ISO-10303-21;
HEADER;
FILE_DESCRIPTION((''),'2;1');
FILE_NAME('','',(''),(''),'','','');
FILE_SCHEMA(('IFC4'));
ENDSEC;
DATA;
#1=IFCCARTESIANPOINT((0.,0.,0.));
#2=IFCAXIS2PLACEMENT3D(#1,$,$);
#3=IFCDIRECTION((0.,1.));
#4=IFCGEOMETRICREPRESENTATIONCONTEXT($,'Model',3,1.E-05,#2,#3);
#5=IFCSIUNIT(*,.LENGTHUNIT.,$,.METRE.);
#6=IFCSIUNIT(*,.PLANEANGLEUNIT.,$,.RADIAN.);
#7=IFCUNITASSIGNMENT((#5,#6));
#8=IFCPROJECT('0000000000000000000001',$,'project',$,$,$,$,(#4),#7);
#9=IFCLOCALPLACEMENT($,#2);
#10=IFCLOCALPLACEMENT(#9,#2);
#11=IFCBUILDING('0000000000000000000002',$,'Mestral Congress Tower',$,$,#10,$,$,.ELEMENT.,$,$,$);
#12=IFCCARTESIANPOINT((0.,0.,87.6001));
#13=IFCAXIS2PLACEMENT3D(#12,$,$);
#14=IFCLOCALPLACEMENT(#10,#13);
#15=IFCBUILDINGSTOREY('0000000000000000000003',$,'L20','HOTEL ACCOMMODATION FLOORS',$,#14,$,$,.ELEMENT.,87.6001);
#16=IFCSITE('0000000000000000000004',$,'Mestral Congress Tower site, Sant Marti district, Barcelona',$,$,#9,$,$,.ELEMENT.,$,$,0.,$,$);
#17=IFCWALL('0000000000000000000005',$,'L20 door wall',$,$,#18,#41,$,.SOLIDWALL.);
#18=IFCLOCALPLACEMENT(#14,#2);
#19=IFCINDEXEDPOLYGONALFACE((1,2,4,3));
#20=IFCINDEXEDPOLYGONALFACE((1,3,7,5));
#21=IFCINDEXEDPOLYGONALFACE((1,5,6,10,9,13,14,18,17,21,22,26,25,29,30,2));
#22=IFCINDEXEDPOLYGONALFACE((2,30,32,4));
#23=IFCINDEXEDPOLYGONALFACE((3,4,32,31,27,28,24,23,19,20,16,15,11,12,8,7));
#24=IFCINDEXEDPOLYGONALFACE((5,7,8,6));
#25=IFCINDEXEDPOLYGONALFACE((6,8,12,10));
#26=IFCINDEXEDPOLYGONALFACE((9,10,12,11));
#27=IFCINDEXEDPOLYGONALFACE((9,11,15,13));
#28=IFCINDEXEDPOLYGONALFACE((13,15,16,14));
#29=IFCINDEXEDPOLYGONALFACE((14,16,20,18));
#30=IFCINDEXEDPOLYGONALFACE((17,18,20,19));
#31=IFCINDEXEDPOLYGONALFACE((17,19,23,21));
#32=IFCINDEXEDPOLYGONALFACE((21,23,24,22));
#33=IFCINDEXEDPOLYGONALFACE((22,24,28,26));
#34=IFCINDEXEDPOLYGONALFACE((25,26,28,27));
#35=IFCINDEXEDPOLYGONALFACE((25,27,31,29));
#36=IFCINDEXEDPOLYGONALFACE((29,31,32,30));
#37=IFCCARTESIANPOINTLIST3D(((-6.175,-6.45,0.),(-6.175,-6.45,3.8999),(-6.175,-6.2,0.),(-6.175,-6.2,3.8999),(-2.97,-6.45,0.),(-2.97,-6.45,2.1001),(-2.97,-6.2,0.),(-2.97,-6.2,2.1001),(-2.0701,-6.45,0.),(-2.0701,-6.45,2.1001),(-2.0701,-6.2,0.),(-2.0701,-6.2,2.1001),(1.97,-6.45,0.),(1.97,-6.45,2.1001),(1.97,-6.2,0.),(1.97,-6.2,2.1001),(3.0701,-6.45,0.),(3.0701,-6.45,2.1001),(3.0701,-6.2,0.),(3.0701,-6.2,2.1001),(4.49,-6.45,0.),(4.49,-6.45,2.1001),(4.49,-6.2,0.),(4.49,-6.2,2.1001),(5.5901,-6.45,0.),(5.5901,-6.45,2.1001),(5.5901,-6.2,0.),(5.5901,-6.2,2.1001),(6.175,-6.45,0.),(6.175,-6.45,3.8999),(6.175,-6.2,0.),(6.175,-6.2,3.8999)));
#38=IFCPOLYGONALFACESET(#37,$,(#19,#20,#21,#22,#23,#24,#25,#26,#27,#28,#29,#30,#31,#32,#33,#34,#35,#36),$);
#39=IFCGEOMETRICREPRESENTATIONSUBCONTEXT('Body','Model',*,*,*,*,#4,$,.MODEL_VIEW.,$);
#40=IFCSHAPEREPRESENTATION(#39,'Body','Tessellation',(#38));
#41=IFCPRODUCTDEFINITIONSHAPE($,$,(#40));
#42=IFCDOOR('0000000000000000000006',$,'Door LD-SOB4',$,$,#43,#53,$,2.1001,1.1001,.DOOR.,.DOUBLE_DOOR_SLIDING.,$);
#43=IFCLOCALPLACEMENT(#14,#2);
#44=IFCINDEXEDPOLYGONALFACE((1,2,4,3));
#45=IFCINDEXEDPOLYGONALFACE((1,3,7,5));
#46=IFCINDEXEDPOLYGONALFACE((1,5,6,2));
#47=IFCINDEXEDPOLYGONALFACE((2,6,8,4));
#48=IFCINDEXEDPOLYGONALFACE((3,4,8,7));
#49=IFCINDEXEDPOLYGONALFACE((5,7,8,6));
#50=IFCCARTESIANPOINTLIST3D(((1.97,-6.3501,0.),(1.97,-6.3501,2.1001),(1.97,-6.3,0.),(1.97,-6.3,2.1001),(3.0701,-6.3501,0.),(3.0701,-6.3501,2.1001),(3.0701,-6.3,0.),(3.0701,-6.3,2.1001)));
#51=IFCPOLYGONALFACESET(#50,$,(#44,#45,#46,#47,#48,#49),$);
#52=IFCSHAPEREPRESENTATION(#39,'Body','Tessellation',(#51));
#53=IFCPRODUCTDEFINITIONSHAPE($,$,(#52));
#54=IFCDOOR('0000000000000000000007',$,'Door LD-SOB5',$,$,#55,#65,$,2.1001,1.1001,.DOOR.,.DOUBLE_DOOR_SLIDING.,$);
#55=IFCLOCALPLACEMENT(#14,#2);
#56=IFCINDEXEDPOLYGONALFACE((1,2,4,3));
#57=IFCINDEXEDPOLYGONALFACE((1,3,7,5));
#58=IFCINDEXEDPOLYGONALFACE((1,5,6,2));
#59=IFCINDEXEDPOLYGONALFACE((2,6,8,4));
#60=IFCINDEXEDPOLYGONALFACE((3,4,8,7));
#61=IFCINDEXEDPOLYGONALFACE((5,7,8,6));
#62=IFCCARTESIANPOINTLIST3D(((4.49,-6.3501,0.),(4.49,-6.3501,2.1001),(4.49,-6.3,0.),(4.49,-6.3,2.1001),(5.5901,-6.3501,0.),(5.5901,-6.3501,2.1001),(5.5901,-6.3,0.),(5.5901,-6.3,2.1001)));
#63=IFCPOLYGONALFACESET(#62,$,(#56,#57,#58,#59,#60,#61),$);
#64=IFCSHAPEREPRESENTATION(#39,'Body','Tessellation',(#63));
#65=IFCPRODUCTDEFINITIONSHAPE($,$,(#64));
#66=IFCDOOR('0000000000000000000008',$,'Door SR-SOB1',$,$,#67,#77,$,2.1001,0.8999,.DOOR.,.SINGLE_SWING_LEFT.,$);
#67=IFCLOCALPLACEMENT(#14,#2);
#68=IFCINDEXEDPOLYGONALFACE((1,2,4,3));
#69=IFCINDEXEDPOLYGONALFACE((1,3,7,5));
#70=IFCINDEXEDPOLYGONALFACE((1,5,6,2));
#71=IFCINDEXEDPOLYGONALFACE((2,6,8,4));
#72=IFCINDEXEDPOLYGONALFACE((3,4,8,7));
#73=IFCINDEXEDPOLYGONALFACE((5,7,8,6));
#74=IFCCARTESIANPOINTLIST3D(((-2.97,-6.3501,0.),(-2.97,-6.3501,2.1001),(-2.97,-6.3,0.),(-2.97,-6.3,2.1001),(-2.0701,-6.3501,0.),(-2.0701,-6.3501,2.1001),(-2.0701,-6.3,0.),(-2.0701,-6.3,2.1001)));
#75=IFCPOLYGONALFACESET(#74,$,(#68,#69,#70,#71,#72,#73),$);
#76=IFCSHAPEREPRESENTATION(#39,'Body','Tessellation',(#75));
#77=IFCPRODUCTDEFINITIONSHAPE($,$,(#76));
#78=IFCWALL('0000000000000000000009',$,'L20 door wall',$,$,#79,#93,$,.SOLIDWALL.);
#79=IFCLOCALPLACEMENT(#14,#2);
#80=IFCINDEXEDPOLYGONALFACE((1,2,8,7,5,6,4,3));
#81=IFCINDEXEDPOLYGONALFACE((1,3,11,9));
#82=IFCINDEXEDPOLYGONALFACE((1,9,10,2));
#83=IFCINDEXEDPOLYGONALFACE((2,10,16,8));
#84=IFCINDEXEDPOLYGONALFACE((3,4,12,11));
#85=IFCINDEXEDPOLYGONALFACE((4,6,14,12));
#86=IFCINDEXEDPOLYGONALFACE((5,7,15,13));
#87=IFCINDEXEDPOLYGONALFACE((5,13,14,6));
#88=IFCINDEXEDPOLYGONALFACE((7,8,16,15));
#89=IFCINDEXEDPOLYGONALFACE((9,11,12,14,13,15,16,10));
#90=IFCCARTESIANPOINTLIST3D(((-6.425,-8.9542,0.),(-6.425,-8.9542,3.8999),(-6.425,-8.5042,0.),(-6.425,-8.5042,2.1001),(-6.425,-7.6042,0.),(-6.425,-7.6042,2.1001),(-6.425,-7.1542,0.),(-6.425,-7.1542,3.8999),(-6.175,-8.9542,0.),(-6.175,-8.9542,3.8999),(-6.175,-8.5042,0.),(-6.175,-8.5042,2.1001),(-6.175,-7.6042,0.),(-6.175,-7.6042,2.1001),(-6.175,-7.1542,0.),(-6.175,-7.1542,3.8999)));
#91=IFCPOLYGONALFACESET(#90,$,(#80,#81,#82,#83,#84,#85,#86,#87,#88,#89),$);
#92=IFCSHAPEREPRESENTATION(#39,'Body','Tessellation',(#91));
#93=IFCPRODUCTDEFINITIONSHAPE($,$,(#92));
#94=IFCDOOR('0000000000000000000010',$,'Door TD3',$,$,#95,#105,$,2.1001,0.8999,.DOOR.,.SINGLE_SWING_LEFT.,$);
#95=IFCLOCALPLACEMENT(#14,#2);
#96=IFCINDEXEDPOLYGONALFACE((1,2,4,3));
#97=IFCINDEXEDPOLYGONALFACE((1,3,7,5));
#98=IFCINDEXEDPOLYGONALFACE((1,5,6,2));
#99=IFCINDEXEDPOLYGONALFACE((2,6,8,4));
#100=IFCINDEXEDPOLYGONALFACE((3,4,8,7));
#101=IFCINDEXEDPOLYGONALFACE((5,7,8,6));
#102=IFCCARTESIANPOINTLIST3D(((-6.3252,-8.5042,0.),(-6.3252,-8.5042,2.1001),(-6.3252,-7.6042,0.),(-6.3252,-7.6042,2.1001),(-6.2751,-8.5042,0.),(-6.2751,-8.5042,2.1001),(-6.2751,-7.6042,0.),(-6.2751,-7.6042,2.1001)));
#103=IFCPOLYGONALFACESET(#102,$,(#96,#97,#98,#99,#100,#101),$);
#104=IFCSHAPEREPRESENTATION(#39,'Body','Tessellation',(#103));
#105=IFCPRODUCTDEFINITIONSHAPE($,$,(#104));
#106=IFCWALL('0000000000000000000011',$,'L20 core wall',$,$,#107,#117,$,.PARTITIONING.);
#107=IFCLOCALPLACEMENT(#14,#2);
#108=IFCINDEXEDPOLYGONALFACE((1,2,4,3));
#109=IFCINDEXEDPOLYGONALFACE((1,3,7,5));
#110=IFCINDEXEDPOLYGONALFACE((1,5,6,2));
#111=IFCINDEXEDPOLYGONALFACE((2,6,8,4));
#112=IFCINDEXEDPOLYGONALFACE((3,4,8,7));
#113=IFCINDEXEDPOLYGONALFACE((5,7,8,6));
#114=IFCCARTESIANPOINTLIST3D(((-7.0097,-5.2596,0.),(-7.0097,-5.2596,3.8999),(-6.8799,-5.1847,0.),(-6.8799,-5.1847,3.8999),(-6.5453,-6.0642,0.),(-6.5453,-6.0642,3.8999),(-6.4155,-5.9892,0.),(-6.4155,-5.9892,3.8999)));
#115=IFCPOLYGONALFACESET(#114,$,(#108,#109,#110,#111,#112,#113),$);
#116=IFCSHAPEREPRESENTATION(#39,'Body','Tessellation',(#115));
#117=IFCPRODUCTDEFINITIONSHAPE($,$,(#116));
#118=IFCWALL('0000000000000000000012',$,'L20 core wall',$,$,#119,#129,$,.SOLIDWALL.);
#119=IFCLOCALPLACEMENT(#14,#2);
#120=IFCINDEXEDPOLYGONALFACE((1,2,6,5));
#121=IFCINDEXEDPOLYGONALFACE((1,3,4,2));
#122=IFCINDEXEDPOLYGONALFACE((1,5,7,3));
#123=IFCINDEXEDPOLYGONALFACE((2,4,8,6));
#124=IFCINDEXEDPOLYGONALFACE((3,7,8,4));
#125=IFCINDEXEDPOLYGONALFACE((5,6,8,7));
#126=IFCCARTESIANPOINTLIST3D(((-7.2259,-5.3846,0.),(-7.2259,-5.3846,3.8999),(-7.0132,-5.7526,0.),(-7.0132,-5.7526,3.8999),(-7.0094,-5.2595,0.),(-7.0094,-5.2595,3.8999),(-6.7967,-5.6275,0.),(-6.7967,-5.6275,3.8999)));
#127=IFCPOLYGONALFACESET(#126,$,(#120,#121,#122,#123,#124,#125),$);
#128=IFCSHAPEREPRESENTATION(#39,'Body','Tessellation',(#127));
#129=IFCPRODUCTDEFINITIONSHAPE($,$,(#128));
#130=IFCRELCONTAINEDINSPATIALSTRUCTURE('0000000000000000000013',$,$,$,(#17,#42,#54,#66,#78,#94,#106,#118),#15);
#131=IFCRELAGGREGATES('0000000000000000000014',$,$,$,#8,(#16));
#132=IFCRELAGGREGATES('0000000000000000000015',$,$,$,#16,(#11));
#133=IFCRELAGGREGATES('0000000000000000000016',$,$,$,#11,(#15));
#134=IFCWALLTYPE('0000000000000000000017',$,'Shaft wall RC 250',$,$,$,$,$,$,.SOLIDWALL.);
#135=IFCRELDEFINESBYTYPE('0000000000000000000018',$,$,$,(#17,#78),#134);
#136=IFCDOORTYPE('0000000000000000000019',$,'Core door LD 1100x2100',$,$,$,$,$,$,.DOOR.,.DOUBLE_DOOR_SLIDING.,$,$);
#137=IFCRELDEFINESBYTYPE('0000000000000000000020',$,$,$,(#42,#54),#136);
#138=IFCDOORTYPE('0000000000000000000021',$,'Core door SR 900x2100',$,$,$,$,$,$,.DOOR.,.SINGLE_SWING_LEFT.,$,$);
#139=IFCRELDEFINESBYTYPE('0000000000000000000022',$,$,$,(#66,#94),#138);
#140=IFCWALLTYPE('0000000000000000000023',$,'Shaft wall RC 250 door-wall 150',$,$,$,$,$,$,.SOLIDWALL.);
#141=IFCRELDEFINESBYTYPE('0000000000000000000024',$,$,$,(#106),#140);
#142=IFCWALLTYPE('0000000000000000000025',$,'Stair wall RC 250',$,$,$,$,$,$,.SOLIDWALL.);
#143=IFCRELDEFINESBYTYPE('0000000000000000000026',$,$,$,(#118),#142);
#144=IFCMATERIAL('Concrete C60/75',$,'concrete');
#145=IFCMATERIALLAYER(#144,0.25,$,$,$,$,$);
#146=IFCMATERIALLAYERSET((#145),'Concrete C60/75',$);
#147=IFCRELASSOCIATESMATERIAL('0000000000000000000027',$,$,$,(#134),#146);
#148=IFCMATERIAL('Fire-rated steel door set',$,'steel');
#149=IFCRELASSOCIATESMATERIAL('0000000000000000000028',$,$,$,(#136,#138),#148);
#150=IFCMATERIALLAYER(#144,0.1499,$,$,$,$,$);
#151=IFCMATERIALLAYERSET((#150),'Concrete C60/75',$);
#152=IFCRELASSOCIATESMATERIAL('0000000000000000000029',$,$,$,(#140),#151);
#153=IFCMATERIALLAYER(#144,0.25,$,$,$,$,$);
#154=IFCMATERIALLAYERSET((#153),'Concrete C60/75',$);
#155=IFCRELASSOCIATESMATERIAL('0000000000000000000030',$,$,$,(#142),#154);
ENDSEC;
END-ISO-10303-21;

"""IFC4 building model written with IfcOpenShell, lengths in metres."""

from ifc_helpers import new_model, si_unit, direction, frame, frame_2d, origin, place, context, subcontext, project, spatial, rectangle, extrude, material, layer, layer_set, type_object, element, fill, save


model = new_model("IFC4")

# Units and contexts
model_context = context("Model", 3, precision=1e-05, world=origin(), true_north=direction((0.0, 1.0)))
body_context = subcontext(model_context, "Body", "Model", "MODEL_VIEW")
ifc_project = project(units=[si_unit("LENGTHUNIT", "METRE"), si_unit("PLANEANGLEUNIT", "RADIAN")], contexts=[model_context])

# Site, building, storey
site_placement = place(None, origin())
site = spatial("IfcSite", under=ifc_project, at=site_placement, Name="Mestral Congress Tower site, Sant Marti district, Barcelona", CompositionType="ELEMENT", RefElevation=0.0)
building_placement = place(site_placement, origin())
building = spatial("IfcBuilding", under=site, at=building_placement, Name="Mestral Congress Tower", CompositionType="ELEMENT")
storey_placement = place(building_placement, frame((0.0, 0.0, 87.6001)))
storey = spatial("IfcBuildingStorey", under=building, at=storey_placement, Name="L20", Description="HOTEL ACCOMMODATION FLOORS", CompositionType="ELEMENT", Elevation=87.6001)

# Shared definitions
ifc_material_1 = material(Name="Fire-rated steel door set", Category="steel")

# Shared definitions
ifc_material_2 = material(Name="Concrete C60/75", Category="concrete")
ifc_layer_1 = layer(ifc_material_2, 0.25)
ifc_layer_set_1 = layer_set([ifc_layer_1], Name="Concrete C60/75")
wall_type_1 = type_object("IfcWallType", Name="Shaft wall RC 250", PredefinedType="SOLIDWALL", material=ifc_layer_set_1)

# Wall, openings, doors
door_type_1 = type_object("IfcDoorType", Name="Core door LD 1100x2100", OperationType="DOUBLE_DOOR_SLIDING", PredefinedType="DOOR", material=ifc_material_1)
wall_1_placement = place(storey_placement, frame((-6.175, -6.325, 0.0), z_axis=(0.0, 0.0, 1.0), x_axis=(1.0, 0.0, 0.0)))
wall_1 = element("IfcWall", 1, at=wall_1_placement, inside=storey, type_object=wall_type_1, Name="L20 door wall", PredefinedType="SOLIDWALL", context=body_context, shape_type="SweptSolid", body=[
    extrude(rectangle(XDim=12.3501, YDim=0.25, at=frame_2d((6.175, 0.0))), origin(), (0.0, 0.0, 1.0), 3.8999),
])
opening_1_placement = place(wall_1_placement, frame((3.2051, 0.0, 0.0)))
opening_1 = element("IfcOpeningElement", 2, at=opening_1_placement, cuts=wall_1, PredefinedType="OPENING", context=body_context, shape_type="SweptSolid", body=[
    extrude(rectangle(XDim=0.8999, YDim=2.1001, at=frame_2d((0.45, 1.05))), frame((0.0, 0.135, 0.0), z_axis=(0.0, -1.0, 0.0), x_axis=(1.0, 0.0, 0.0)), (0.0, 0.0, 1.0), 0.27),
])
opening_2_placement = place(wall_1_placement, frame((8.145, 0.0, 0.0)))
opening_2 = element("IfcOpeningElement", 3, at=opening_2_placement, cuts=wall_1, PredefinedType="OPENING", context=body_context, shape_type="SweptSolid", body=[
    extrude(rectangle(XDim=1.1001, YDim=2.1001, at=frame_2d((0.55, 1.05))), frame((0.0, 0.135, 0.0), z_axis=(0.0, -1.0, 0.0), x_axis=(1.0, 0.0, 0.0)), (0.0, 0.0, 1.0), 0.27),
])
opening_3_placement = place(wall_1_placement, frame((10.665, 0.0, 0.0)))
opening_3 = element("IfcOpeningElement", 4, at=opening_3_placement, cuts=wall_1, PredefinedType="OPENING", context=body_context, shape_type="SweptSolid", body=[
    extrude(rectangle(XDim=1.1001, YDim=2.1001, at=frame_2d((0.55, 1.05))), frame((0.0, 0.135, 0.0), z_axis=(0.0, -1.0, 0.0), x_axis=(1.0, 0.0, 0.0)), (0.0, 0.0, 1.0), 0.27),
])
door_1_placement = place(opening_2_placement, origin())
door_1 = element("IfcDoor", 5, at=door_1_placement, inside=storey, type_object=door_type_1, Name="Door LD-SOB4", OperationType="DOUBLE_DOOR_SLIDING", OverallHeight=2.1001, OverallWidth=1.1001, PredefinedType="DOOR", context=body_context, shape_type="SweptSolid", body=[
    extrude(rectangle(XDim=1.1001, YDim=2.1001, at=frame_2d((0.55, 1.05))), frame((0.0, 0.0249, 0.0), z_axis=(0.0, -1.0, 0.0), x_axis=(1.0, 0.0, 0.0)), (0.0, 0.0, 1.0), 0.05),
])
fill(opening_2, door_1)
door_2_placement = place(opening_3_placement, origin())
door_2 = element("IfcDoor", 6, at=door_2_placement, inside=storey, type_object=door_type_1, Name="Door LD-SOB5", OperationType="DOUBLE_DOOR_SLIDING", OverallHeight=2.1001, OverallWidth=1.1001, PredefinedType="DOOR", context=body_context, shape_type="SweptSolid", body=[
    extrude(rectangle(XDim=1.1001, YDim=2.1001, at=frame_2d((0.55, 1.05))), frame((0.0, 0.0249, 0.0), z_axis=(0.0, -1.0, 0.0), x_axis=(1.0, 0.0, 0.0)), (0.0, 0.0, 1.0), 0.05),
])
fill(opening_3, door_2)
door_type_2 = type_object("IfcDoorType", Name="Core door SR 900x2100", OperationType="SINGLE_SWING_LEFT", PredefinedType="DOOR", material=ifc_material_1)
door_3_placement = place(opening_1_placement, origin())
door_3 = element("IfcDoor", 7, at=door_3_placement, inside=storey, type_object=door_type_2, Name="Door SR-SOB1", OperationType="SINGLE_SWING_LEFT", OverallHeight=2.1001, OverallWidth=0.8999, PredefinedType="DOOR", context=body_context, shape_type="SweptSolid", body=[
    extrude(rectangle(XDim=0.8999, YDim=2.1001, at=frame_2d((0.45, 1.05))), frame((0.0, 0.0249, 0.0), z_axis=(0.0, -1.0, 0.0), x_axis=(1.0, 0.0, 0.0)), (0.0, 0.0, 1.0), 0.05),
])
fill(opening_1, door_3)

# Wall, opening, door
wall_2_placement = place(storey_placement, frame((-6.3, -7.1543, 0.0), z_axis=(0.0, 0.0, 1.0), x_axis=(0.0, -1.0, 0.0)))
wall_2 = element("IfcWall", 8, at=wall_2_placement, inside=storey, type_object=wall_type_1, Name="L20 door wall", PredefinedType="SOLIDWALL", context=body_context, shape_type="SweptSolid", body=[
    extrude(rectangle(XDim=1.8, YDim=0.25, at=frame_2d((0.8999, 0.0))), origin(), (0.0, 0.0, 1.0), 3.8999),
])
opening_4_placement = place(wall_2_placement, frame((0.45, 0.0, 0.0)))
opening_4 = element("IfcOpeningElement", 9, at=opening_4_placement, cuts=wall_2, PredefinedType="OPENING", context=body_context, shape_type="SweptSolid", body=[
    extrude(rectangle(XDim=0.8999, YDim=2.1001, at=frame_2d((0.45, 1.05))), frame((0.0, 0.135, 0.0), z_axis=(0.0, -1.0, 0.0), x_axis=(1.0, 0.0, 0.0)), (0.0, 0.0, 1.0), 0.27),
])
door_4_placement = place(opening_4_placement, origin())
door_4 = element("IfcDoor", 10, at=door_4_placement, inside=storey, type_object=door_type_2, Name="Door TD3", OperationType="SINGLE_SWING_LEFT", OverallHeight=2.1001, OverallWidth=0.8999, PredefinedType="DOOR", context=body_context, shape_type="SweptSolid", body=[
    extrude(rectangle(XDim=0.8999, YDim=2.1001, at=frame_2d((0.45, 1.05))), frame((0.0, 0.0249, 0.0), z_axis=(0.0, -1.0, 0.0), x_axis=(1.0, 0.0, 0.0)), (0.0, 0.0, 1.0), 0.05),
])
fill(opening_4, door_4)

# Walls
ifc_layer_2 = layer(ifc_material_2, 0.1499)
ifc_layer_set_2 = layer_set([ifc_layer_2], Name="Concrete C60/75")
wall_type_2 = type_object("IfcWallType", Name="Shaft wall RC 250 door-wall 150", PredefinedType="SOLIDWALL", material=ifc_layer_set_2)
wall_3_placement = place(storey_placement, frame((-6.4805, -6.0266, 0.0), z_axis=(0.0, 0.0, 1.0), x_axis=(-0.499927, 0.866067, 0.0)))
element("IfcWall", 11, at=wall_3_placement, inside=storey, type_object=wall_type_2, Name="L20 core wall", PredefinedType="PARTITIONING", context=body_context, shape_type="SweptSolid", body=[
    extrude(rectangle(XDim=0.929, YDim=0.1499, at=frame_2d((0.4644, 0.0))), origin(), (0.0, 0.0, 1.0), 3.8999),
])
ifc_layer_3 = layer(ifc_material_2, 0.25)
ifc_layer_set_3 = layer_set([ifc_layer_3], Name="Concrete C60/75")
wall_type_3 = type_object("IfcWallType", Name="Stair wall RC 250", PredefinedType="SOLIDWALL", material=ifc_layer_set_3)
wall_4_placement = place(storey_placement, frame((-6.905, -5.6899, 0.0), z_axis=(0.0, 0.0, 1.0), x_axis=(-0.500402, 0.865793, 0.0)))
element("IfcWall", 12, at=wall_4_placement, inside=storey, type_object=wall_type_3, Name="L20 core wall", PredefinedType="SOLIDWALL", context=body_context, shape_type="SweptSolid", body=[
    extrude(rectangle(XDim=0.425, YDim=0.25, at=frame_2d((0.2124, 0.0))), origin(), (0.0, 0.0, 1.0), 3.8999),
])

save(model, "model.ifc")
